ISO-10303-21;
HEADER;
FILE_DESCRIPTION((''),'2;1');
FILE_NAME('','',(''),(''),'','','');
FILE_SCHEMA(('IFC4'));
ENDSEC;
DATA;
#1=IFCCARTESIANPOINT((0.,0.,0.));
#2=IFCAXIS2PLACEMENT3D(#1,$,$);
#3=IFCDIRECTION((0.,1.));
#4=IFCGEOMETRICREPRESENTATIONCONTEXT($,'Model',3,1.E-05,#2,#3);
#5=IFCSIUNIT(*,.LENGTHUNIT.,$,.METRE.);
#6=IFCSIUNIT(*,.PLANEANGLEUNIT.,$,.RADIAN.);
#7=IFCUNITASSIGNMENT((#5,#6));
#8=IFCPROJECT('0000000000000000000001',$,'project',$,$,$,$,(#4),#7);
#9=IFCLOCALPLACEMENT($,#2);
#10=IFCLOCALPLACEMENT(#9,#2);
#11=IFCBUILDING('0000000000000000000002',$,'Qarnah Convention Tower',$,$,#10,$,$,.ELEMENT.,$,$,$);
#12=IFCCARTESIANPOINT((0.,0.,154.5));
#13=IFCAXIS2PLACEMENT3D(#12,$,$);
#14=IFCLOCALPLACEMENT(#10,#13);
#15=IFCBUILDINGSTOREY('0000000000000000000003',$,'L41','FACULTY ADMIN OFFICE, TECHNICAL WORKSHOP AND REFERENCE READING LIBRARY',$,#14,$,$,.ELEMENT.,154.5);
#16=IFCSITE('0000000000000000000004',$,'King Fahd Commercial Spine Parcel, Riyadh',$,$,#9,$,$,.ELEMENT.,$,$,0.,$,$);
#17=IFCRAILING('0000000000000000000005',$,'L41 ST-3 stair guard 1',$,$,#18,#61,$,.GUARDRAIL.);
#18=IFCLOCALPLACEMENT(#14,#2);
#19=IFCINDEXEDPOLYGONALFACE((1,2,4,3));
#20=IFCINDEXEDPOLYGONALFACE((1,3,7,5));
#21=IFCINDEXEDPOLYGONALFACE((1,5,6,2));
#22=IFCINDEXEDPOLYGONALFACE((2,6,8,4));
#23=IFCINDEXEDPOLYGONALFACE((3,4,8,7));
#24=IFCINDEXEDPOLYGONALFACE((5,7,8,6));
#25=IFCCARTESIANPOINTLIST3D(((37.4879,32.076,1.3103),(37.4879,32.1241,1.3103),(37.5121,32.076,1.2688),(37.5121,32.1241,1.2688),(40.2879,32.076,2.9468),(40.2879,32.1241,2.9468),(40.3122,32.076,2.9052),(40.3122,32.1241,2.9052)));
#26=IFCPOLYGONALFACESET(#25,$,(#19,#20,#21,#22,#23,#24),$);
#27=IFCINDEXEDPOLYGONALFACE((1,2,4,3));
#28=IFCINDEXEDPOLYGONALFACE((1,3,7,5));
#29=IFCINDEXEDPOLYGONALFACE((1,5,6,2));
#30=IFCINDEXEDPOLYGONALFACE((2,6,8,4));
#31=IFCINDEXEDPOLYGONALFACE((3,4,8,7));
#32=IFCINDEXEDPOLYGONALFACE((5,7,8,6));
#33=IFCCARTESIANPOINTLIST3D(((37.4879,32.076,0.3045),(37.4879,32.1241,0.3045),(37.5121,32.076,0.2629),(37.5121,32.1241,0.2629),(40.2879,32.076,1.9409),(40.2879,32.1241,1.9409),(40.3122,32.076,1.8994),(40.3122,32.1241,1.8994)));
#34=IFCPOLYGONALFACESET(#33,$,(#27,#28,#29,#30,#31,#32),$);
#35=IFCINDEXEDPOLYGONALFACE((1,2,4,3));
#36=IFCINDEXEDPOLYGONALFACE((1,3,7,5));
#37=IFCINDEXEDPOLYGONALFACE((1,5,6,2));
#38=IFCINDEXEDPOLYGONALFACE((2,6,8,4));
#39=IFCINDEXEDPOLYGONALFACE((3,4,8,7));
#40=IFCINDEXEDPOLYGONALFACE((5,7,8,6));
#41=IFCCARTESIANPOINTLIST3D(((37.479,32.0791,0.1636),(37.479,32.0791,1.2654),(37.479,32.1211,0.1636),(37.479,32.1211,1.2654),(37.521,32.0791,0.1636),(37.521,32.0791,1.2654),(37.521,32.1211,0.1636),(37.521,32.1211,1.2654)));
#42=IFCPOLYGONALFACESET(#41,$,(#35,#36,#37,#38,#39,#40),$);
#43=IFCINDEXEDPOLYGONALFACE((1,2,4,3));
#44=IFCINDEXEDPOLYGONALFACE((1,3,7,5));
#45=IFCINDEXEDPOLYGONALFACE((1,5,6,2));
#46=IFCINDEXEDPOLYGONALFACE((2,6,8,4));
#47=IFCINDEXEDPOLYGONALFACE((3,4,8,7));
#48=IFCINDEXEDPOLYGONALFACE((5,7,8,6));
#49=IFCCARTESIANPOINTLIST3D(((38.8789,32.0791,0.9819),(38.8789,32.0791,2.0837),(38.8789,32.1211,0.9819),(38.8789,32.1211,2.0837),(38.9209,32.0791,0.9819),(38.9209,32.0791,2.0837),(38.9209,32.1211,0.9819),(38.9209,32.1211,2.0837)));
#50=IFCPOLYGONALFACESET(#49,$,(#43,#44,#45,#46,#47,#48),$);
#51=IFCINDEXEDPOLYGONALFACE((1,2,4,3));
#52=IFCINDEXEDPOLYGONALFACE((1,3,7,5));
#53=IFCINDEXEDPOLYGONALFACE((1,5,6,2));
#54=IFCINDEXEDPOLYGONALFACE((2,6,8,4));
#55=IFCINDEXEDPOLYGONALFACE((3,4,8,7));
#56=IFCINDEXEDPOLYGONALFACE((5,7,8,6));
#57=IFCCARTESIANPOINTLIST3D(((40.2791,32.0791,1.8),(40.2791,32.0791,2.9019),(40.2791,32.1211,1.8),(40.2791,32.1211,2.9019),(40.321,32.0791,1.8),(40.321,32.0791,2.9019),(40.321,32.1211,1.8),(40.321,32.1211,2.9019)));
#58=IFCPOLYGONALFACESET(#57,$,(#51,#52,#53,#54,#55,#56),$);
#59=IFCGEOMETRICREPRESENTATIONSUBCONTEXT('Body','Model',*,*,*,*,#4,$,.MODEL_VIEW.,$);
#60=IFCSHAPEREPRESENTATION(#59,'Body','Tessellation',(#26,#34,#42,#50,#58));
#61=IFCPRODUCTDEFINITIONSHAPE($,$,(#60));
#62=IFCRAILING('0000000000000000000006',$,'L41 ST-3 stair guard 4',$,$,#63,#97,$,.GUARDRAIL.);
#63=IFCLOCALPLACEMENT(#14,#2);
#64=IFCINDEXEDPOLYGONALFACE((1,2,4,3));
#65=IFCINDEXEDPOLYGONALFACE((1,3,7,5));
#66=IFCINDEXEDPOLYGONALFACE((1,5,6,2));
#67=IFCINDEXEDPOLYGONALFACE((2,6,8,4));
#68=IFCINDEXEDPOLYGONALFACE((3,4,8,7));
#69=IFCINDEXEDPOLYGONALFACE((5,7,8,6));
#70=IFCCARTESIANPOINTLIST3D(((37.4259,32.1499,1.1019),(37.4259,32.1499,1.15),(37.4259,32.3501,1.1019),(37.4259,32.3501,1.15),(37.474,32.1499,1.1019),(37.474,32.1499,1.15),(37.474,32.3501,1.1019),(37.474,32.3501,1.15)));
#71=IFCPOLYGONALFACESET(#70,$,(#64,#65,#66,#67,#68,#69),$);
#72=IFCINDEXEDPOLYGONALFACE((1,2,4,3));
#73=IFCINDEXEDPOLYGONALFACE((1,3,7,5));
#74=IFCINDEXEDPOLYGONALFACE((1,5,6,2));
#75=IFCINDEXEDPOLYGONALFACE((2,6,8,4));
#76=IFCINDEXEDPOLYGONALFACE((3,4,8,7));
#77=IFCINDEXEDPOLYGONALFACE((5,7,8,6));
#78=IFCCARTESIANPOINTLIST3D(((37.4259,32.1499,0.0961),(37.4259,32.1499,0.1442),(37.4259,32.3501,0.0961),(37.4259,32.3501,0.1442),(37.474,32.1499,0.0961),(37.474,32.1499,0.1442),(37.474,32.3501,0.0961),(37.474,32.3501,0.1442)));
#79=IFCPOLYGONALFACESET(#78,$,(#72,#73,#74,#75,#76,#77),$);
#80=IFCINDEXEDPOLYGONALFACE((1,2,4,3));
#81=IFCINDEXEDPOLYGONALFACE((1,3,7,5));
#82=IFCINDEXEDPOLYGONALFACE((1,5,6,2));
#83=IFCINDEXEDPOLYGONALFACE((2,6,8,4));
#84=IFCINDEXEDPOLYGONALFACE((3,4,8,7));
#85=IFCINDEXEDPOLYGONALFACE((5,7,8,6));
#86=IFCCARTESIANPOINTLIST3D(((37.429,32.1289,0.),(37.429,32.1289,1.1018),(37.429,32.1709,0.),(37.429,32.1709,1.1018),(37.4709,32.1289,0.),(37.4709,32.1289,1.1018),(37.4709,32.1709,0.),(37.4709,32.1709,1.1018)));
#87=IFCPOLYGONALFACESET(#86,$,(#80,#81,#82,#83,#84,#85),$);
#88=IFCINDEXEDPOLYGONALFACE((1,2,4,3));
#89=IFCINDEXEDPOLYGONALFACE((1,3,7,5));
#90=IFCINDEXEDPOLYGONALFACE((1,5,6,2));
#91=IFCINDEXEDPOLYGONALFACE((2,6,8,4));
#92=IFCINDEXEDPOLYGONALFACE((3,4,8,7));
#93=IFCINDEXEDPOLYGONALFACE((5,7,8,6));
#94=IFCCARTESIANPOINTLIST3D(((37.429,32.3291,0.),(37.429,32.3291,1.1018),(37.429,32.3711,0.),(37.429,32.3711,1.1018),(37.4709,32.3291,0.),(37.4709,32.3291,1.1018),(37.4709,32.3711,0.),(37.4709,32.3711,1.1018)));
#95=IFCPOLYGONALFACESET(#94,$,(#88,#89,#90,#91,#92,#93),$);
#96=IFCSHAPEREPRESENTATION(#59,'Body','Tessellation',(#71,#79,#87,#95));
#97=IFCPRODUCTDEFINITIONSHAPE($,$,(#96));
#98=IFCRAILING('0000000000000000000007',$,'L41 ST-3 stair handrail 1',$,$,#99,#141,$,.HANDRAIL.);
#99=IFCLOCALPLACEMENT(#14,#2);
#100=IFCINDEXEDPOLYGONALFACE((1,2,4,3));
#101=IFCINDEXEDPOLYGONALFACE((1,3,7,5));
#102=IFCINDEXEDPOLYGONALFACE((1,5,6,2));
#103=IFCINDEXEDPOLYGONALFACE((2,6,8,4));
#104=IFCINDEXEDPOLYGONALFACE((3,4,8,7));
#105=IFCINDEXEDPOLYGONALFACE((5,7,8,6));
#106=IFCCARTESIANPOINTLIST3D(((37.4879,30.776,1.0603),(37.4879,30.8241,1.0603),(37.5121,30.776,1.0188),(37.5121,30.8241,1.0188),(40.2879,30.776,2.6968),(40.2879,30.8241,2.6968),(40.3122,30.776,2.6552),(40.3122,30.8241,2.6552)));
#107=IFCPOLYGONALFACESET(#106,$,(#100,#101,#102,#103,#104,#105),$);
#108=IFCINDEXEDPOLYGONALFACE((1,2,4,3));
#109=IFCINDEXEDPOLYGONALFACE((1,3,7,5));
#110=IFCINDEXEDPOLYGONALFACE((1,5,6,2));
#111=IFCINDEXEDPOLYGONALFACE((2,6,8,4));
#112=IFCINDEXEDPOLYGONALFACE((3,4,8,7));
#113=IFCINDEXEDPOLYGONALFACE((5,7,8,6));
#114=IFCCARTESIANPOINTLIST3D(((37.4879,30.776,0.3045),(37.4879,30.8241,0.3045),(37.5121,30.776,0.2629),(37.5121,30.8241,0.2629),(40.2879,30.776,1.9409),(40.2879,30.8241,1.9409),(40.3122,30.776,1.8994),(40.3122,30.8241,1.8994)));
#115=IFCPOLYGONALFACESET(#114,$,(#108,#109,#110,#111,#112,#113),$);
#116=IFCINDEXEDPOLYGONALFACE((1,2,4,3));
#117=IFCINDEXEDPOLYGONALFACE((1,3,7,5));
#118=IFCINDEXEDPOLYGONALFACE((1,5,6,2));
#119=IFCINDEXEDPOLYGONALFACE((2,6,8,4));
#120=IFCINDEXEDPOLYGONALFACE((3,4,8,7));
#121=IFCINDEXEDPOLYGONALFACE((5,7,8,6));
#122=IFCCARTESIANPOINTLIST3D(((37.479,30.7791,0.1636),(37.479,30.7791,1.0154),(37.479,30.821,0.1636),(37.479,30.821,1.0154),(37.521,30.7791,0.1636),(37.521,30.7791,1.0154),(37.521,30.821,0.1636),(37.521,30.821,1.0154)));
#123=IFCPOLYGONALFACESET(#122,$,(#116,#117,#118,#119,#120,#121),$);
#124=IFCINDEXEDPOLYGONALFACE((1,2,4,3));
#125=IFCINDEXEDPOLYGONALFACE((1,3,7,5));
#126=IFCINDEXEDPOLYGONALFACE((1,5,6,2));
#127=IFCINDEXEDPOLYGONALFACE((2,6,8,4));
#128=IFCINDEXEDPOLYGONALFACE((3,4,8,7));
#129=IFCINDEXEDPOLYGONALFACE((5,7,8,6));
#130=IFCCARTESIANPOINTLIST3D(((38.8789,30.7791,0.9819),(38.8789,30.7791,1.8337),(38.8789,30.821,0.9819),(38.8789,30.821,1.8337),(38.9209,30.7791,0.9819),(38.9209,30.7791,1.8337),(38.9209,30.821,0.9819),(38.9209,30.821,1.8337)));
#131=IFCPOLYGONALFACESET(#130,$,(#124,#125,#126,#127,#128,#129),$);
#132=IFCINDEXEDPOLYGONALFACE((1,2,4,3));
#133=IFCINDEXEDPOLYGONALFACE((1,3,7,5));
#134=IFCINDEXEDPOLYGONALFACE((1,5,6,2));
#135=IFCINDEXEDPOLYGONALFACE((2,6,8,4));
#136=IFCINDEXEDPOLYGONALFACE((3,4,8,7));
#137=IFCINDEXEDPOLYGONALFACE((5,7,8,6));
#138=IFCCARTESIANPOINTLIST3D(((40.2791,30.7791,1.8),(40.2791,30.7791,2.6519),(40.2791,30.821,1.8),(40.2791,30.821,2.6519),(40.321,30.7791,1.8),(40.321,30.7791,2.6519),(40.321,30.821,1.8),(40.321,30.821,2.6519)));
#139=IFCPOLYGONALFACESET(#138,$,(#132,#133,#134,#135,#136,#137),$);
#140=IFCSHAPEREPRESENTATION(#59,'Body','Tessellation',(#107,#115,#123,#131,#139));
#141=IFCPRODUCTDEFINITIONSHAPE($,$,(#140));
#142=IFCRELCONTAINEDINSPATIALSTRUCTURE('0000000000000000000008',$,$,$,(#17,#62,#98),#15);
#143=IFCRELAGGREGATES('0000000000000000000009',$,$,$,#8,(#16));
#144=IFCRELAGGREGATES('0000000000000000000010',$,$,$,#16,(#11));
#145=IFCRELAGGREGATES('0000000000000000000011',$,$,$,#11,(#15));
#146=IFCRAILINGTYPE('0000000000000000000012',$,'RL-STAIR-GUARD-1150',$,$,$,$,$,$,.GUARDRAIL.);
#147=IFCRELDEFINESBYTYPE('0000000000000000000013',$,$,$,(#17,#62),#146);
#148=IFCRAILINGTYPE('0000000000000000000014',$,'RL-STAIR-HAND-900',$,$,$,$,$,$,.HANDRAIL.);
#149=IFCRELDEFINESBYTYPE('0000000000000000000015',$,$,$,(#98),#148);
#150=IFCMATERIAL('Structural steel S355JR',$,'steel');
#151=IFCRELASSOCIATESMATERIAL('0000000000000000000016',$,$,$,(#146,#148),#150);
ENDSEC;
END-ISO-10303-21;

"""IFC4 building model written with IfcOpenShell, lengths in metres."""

from ifc_helpers import new_model, si_unit, direction, frame, origin, origin_2d, place, context, subcontext, project, spatial, rectangle, extrude, material, type_object, element, save


model = new_model("IFC4")

# Units and contexts
model_context = context("Model", 3, precision=1e-05, world=origin(), true_north=direction((0.0, 1.0)))
body_context = subcontext(model_context, "Body", "Model", "MODEL_VIEW")
ifc_project = project(units=[si_unit("LENGTHUNIT", "METRE"), si_unit("PLANEANGLEUNIT", "RADIAN")], contexts=[model_context])

# Site, building, storey
site_placement = place(None, origin())
site = spatial("IfcSite", under=ifc_project, at=site_placement, Name="King Fahd Commercial Spine Parcel, Riyadh", CompositionType="ELEMENT", RefElevation=0.0)
building_placement = place(site_placement, origin())
building = spatial("IfcBuilding", under=site, at=building_placement, Name="Qarnah Convention Tower", CompositionType="ELEMENT")
storey_placement = place(building_placement, frame((0.0, 0.0, 154.5)))
storey = spatial("IfcBuildingStorey", under=building, at=storey_placement, Name="L41", Description="FACULTY ADMIN OFFICE, TECHNICAL WORKSHOP AND REFERENCE READING LIBRARY", CompositionType="ELEMENT", Elevation=154.5)

# Shared definitions
ifc_material_1 = material(Name="Structural steel S355JR", Category="steel")

# Railings
railing_type_1 = type_object("IfcRailingType", Name="RL-STAIR-GUARD-1150", PredefinedType="GUARDRAIL", material=ifc_material_1)
railing_1_placement = place(storey_placement, frame((37.5, 32.1001, 0.1636)))
element("IfcRailing", 1, at=railing_1_placement, inside=storey, type_object=railing_type_1, Name="L41 ST-3 stair guard 1", PredefinedType="GUARDRAIL", context=body_context, shape_type="SweptSolid", body=[
    extrude(rectangle(XDim=0.0481, YDim=0.0481, at=origin_2d()), frame((0.0, 0.0, 1.126), z_axis=(0.863361, 0.0, 0.504587), x_axis=(0.0, 1.0, 0.0)), (0.0, 0.0, 1.0), 3.2432),
    extrude(rectangle(XDim=0.0481, YDim=0.0481, at=origin_2d()), frame((0.0, 0.0, 0.1201), z_axis=(0.863361, 0.0, 0.504587), x_axis=(0.0, 1.0, 0.0)), (0.0, 0.0, 1.0), 3.2432),
    extrude(rectangle(XDim=0.042, YDim=0.042, at=origin_2d()), origin(), (0.0, 0.0, 1.0), 1.1018),
    extrude(rectangle(XDim=0.042, YDim=0.042, at=origin_2d()), frame((1.3999, 0.0, 0.8184)), (0.0, 0.0, 1.0), 1.1018),
    extrude(rectangle(XDim=0.042, YDim=0.042, at=origin_2d()), frame((2.8, 0.0, 1.6365)), (0.0, 0.0, 1.0), 1.1018),
])
railing_2_placement = place(storey_placement, frame((37.45, 32.1499, 0.0)))
element("IfcRailing", 2, at=railing_2_placement, inside=storey, type_object=railing_type_1, Name="L41 ST-3 stair guard 4", PredefinedType="GUARDRAIL", context=body_context, shape_type="SweptSolid", body=[
    extrude(rectangle(XDim=0.0481, YDim=0.0481, at=origin_2d()), frame((0.0, 0.0, 1.126), z_axis=(0.0, 1.0, 0.0), x_axis=(-1.0, 0.0, 0.0)), (0.0, 0.0, 1.0), 0.2002),
    extrude(rectangle(XDim=0.0481, YDim=0.0481, at=origin_2d()), frame((0.0, 0.0, 0.1201), z_axis=(0.0, 1.0, 0.0), x_axis=(-1.0, 0.0, 0.0)), (0.0, 0.0, 1.0), 0.2002),
    extrude(rectangle(XDim=0.042, YDim=0.042, at=origin_2d()), origin(), (0.0, 0.0, 1.0), 1.1018),
    extrude(rectangle(XDim=0.042, YDim=0.042, at=origin_2d()), frame((0.0, 0.2002, 0.0)), (0.0, 0.0, 1.0), 1.1018),
])
railing_type_2 = type_object("IfcRailingType", Name="RL-STAIR-HAND-900", PredefinedType="HANDRAIL", material=ifc_material_1)
railing_3_placement = place(storey_placement, frame((37.5, 30.8, 0.1636)))
element("IfcRailing", 3, at=railing_3_placement, inside=storey, type_object=railing_type_2, Name="L41 ST-3 stair handrail 1", PredefinedType="HANDRAIL", context=body_context, shape_type="SweptSolid", body=[
    extrude(rectangle(XDim=0.0481, YDim=0.0481, at=origin_2d()), frame((0.0, 0.0, 0.876), z_axis=(0.863361, 0.0, 0.504587), x_axis=(0.0, 1.0, 0.0)), (0.0, 0.0, 1.0), 3.2432),
    extrude(rectangle(XDim=0.0481, YDim=0.0481, at=origin_2d()), frame((0.0, 0.0, 0.1201), z_axis=(0.863361, 0.0, 0.504587), x_axis=(0.0, 1.0, 0.0)), (0.0, 0.0, 1.0), 3.2432),
    extrude(rectangle(XDim=0.042, YDim=0.042, at=origin_2d()), origin(), (0.0, 0.0, 1.0), 0.8518),
    extrude(rectangle(XDim=0.042, YDim=0.042, at=origin_2d()), frame((1.3999, 0.0, 0.8184)), (0.0, 0.0, 1.0), 0.8518),
    extrude(rectangle(XDim=0.042, YDim=0.042, at=origin_2d()), frame((2.8, 0.0, 1.6365)), (0.0, 0.0, 1.0), 0.8518),
])

save(model, "model.ifc")
